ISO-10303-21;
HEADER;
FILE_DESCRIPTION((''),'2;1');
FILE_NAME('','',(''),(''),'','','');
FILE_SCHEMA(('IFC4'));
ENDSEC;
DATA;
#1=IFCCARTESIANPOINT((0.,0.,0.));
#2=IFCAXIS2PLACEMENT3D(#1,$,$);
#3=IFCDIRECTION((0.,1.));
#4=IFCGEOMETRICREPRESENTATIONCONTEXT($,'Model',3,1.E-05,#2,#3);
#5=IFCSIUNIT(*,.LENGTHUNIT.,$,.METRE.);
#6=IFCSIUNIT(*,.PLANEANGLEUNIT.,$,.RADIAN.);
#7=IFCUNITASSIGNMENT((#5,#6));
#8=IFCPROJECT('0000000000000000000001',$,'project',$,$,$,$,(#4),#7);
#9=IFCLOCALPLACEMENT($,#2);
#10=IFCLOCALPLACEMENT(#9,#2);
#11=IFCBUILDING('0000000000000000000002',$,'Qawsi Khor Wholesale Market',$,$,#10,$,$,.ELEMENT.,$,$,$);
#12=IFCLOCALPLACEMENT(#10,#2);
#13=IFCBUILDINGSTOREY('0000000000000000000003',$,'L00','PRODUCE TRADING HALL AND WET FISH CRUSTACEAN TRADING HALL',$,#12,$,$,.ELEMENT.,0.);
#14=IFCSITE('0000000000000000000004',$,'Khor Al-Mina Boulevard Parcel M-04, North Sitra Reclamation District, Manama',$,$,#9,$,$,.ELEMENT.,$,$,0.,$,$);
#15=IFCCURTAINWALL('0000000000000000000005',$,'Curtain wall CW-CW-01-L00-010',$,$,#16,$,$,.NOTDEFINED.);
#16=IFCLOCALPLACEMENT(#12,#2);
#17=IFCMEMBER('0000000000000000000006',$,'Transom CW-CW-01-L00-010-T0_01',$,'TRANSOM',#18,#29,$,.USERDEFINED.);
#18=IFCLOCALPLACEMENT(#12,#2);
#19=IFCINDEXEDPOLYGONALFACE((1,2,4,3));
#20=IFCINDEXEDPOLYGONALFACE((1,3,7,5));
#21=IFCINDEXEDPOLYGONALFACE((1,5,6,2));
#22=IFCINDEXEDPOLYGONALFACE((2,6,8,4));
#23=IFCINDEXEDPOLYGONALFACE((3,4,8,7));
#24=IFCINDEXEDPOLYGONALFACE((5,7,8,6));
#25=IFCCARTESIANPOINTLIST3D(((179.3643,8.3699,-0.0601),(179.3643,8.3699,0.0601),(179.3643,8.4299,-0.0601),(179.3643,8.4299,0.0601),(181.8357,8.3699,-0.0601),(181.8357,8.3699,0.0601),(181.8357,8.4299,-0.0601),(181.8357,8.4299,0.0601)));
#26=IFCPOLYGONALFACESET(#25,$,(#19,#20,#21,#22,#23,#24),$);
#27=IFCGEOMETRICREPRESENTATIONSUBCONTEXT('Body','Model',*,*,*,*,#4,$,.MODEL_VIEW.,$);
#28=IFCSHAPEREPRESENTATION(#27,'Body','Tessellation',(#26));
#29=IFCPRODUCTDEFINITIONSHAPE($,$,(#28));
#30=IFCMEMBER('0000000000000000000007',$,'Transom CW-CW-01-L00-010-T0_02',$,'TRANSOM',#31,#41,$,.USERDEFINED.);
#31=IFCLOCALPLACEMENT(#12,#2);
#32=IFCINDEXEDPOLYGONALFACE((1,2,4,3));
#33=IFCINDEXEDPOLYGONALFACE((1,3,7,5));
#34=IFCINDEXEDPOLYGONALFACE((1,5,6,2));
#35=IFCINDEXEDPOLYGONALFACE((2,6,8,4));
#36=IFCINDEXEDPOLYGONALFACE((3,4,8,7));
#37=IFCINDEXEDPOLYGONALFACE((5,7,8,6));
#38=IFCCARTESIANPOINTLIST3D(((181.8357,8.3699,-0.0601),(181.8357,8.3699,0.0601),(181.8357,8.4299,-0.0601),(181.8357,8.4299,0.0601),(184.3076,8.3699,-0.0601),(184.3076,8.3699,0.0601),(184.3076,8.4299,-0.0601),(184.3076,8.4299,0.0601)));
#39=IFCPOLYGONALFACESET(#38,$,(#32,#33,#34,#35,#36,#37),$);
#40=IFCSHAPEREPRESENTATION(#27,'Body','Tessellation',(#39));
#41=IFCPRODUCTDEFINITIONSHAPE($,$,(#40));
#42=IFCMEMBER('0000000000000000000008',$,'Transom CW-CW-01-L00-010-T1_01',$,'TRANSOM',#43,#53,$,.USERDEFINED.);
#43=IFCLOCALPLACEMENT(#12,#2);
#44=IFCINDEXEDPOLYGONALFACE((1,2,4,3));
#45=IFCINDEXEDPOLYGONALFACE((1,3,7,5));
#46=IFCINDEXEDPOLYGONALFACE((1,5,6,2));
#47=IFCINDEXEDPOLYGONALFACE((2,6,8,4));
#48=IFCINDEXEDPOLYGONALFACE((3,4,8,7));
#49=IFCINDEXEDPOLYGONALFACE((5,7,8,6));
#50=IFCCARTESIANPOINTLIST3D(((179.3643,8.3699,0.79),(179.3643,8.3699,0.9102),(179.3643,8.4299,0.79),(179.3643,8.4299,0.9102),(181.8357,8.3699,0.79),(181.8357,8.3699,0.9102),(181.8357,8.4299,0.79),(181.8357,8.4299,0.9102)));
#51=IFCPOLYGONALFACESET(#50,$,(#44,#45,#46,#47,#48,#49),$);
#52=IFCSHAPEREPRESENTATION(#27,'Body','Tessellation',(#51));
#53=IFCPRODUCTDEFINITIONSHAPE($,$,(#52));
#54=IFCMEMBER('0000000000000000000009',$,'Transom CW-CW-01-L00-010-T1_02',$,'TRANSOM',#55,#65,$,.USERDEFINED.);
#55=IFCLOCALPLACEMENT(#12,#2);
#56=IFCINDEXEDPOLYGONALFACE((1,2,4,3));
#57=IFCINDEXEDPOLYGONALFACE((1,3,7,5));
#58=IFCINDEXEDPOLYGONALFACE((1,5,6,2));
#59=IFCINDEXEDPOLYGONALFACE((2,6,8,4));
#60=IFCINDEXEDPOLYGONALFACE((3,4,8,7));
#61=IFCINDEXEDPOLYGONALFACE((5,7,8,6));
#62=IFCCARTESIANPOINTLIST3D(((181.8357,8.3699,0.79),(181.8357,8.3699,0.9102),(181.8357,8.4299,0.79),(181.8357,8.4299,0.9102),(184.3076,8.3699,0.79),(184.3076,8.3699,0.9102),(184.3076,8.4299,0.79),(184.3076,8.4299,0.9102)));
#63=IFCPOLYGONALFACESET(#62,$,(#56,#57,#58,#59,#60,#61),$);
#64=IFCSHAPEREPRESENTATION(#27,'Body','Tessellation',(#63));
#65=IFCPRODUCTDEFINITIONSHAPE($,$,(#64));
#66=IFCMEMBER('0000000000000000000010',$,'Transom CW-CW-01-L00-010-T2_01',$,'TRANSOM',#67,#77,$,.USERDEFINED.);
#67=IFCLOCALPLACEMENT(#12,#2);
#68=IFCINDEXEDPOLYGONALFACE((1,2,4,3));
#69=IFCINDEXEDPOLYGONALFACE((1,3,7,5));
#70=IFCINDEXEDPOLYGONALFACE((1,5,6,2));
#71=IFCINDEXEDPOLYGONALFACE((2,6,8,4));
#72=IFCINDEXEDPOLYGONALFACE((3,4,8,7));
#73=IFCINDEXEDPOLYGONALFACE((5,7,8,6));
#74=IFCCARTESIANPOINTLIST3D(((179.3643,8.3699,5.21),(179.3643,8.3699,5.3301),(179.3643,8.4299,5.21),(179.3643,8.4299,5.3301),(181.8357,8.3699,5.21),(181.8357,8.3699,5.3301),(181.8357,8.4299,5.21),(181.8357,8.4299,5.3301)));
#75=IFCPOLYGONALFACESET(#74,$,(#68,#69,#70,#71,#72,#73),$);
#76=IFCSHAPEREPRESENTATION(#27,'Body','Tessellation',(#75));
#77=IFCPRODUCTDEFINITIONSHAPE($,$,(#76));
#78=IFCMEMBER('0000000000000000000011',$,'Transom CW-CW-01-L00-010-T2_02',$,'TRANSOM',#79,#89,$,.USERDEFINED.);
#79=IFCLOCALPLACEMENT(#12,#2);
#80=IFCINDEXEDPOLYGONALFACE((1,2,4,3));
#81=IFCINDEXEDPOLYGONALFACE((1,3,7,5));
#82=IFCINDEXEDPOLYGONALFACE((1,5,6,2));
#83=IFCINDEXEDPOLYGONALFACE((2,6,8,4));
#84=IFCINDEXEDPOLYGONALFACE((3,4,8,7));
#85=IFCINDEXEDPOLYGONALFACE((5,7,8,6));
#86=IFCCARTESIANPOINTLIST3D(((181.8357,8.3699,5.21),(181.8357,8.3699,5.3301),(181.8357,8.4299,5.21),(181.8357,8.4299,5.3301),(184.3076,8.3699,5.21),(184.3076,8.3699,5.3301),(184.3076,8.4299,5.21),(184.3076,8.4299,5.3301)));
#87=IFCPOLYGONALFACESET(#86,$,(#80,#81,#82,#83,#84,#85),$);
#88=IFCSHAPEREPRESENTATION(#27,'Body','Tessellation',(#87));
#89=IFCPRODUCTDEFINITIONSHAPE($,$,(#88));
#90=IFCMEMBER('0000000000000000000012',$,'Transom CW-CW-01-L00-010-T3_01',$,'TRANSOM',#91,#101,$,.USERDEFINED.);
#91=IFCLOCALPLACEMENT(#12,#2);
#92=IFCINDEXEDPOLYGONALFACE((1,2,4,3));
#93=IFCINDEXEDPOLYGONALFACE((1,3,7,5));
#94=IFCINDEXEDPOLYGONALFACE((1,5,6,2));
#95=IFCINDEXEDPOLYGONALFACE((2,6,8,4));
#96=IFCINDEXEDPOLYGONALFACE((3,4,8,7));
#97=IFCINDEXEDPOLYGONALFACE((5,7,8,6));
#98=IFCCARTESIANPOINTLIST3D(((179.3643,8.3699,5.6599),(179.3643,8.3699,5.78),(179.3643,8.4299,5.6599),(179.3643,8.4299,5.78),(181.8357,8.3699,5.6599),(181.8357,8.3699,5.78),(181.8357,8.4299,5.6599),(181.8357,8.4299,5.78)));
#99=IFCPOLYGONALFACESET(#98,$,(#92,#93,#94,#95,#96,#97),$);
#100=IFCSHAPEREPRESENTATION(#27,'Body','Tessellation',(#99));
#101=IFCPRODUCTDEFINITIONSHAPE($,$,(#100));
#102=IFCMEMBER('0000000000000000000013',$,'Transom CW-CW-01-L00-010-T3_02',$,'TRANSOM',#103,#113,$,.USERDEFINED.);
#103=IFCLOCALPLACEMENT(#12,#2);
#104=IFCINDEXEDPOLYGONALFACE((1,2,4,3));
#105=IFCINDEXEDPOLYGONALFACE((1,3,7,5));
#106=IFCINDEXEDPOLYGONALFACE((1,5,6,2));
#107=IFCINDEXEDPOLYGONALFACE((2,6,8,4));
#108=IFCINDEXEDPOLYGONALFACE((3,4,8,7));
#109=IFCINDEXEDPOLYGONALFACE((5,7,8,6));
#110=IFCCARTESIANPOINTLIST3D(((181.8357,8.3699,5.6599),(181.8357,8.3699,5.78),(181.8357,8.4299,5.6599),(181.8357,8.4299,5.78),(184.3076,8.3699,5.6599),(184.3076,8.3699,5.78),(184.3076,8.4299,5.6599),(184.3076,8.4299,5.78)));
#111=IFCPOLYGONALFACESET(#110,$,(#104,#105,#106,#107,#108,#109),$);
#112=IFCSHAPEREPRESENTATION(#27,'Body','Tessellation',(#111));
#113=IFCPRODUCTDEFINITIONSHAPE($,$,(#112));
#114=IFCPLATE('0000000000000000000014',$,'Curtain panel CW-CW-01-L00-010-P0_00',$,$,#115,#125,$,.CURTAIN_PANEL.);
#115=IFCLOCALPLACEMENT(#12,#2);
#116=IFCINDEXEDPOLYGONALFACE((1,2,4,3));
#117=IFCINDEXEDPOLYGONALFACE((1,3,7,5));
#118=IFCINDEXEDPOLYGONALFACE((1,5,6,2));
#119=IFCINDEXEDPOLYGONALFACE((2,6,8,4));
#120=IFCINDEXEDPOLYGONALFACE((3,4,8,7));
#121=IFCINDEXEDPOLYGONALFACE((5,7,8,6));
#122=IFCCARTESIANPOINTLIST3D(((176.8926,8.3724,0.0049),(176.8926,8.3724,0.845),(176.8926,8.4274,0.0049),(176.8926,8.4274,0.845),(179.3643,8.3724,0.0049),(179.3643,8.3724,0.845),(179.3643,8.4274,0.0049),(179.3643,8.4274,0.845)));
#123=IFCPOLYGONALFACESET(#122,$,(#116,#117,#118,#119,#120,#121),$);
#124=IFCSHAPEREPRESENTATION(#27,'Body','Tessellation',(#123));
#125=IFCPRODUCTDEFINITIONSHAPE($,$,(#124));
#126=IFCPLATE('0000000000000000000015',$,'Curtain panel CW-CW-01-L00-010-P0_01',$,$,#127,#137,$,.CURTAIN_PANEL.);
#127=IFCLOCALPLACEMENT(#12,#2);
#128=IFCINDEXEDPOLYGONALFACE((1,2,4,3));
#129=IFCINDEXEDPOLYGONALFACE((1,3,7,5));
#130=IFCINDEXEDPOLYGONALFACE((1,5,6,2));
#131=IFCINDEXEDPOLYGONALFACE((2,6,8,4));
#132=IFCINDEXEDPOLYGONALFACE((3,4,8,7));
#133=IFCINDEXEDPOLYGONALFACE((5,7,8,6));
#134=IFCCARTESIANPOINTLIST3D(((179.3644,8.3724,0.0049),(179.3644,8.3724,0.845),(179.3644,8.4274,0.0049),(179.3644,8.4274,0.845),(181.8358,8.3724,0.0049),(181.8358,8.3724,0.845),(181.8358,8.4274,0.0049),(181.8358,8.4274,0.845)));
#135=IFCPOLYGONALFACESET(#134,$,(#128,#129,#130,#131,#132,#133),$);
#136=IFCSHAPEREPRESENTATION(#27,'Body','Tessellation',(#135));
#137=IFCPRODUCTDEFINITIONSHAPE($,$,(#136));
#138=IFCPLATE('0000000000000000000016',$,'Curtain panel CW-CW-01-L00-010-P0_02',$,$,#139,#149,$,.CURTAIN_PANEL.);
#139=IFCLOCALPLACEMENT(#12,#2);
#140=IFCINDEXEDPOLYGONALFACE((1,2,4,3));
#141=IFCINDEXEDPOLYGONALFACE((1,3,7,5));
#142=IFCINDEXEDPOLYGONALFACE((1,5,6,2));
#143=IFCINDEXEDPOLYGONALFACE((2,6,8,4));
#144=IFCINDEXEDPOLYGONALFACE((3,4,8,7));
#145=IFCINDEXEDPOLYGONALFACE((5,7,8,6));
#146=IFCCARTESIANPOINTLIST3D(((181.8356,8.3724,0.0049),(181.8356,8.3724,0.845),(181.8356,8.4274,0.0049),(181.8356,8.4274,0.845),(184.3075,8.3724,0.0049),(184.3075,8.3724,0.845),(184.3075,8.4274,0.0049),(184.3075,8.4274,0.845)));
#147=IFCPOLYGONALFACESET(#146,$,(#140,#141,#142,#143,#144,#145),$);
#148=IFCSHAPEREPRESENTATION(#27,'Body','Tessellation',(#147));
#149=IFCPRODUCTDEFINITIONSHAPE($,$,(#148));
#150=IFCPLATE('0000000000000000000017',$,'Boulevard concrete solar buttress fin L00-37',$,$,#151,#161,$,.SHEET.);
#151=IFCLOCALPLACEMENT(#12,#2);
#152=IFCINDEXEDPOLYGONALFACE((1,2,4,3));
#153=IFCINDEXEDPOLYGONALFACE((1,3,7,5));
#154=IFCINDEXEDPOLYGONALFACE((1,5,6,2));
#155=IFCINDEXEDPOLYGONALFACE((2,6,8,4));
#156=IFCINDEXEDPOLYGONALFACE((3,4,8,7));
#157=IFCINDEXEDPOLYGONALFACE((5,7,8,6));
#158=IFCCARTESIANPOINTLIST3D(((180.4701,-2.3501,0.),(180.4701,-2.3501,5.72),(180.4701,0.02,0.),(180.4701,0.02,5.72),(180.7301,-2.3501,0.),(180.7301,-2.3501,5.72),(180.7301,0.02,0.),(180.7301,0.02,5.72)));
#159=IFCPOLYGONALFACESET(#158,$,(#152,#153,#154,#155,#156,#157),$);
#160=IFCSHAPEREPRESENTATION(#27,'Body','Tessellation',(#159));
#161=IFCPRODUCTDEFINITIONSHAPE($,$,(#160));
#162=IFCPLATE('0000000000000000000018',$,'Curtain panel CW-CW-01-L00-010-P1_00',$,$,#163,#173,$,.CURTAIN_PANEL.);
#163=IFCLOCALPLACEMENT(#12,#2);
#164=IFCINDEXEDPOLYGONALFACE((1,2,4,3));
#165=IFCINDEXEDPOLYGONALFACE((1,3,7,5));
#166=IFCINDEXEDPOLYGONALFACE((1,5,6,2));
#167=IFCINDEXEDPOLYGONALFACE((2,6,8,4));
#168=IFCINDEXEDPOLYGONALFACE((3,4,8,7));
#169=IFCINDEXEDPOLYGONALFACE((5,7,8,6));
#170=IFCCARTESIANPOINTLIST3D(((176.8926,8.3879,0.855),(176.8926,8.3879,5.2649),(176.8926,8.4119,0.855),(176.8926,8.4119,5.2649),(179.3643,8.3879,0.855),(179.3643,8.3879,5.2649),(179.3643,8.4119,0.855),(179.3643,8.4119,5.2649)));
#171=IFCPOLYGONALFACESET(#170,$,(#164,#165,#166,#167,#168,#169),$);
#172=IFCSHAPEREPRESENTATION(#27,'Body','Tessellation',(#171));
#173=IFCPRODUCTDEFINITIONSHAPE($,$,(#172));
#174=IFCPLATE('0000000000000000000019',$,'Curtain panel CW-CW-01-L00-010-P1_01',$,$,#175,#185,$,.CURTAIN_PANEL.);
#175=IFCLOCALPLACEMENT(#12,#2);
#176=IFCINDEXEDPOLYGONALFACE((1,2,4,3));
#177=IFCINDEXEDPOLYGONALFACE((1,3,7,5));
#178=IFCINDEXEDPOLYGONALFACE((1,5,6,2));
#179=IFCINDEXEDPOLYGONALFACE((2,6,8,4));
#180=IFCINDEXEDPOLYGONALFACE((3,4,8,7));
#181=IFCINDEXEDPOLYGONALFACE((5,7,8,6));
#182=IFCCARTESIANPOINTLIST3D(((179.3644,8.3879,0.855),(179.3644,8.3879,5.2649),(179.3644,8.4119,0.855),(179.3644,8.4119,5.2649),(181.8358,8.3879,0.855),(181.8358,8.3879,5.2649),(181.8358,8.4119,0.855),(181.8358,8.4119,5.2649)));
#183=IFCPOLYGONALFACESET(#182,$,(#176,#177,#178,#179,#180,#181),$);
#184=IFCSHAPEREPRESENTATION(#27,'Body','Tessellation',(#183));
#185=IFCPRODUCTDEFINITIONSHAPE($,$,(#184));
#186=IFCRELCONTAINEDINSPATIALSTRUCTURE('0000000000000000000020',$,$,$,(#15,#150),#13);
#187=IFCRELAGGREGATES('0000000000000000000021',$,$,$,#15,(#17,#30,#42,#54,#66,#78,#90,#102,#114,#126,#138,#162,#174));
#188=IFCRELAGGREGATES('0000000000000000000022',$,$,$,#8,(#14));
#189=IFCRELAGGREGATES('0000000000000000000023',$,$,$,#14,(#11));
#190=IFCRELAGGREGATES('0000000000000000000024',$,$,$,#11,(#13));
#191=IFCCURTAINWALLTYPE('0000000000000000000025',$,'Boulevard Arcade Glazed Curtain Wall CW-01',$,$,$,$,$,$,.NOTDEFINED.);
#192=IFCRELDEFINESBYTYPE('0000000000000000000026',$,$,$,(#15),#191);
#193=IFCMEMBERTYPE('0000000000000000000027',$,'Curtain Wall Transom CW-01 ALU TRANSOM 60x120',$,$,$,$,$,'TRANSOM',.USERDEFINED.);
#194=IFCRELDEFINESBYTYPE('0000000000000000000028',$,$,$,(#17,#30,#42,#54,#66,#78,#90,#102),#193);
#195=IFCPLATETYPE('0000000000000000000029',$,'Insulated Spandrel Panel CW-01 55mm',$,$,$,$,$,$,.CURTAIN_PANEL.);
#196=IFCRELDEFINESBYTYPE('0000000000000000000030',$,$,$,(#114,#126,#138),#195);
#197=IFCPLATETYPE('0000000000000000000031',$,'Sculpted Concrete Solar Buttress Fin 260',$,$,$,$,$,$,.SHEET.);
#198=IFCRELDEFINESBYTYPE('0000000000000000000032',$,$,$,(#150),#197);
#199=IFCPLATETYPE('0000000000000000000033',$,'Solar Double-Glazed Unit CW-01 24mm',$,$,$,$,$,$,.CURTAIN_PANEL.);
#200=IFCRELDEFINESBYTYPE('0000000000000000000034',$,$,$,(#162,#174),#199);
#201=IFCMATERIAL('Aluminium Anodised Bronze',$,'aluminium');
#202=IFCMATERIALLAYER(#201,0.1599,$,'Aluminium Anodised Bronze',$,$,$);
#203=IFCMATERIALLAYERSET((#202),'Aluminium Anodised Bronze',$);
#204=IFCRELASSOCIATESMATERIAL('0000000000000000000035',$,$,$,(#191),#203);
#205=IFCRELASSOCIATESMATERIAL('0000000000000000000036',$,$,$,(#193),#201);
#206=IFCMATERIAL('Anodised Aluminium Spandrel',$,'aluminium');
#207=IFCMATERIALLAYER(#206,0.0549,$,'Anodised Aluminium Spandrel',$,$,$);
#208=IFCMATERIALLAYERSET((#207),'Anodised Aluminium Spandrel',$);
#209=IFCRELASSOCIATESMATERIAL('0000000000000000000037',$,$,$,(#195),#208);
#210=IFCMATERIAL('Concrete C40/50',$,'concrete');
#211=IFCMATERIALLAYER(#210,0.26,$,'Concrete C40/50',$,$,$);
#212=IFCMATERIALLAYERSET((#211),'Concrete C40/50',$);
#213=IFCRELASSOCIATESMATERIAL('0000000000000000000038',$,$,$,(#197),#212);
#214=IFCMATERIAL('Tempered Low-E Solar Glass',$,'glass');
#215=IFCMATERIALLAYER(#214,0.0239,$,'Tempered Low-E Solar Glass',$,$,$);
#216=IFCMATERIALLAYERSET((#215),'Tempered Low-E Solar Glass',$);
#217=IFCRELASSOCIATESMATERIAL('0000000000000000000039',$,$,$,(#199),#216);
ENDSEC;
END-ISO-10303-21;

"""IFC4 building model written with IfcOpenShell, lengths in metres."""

from ifc_helpers import new_model, si_unit, direction, frame, frame_2d, origin, origin_2d, place, context, subcontext, project, spatial, rectangle, extrude, material, layer, layer_set, material_profile, profile_set, type_object, element, aggregate, save


model = new_model("IFC4")

# Units and contexts
model_context = context("Model", 3, precision=1e-05, world=origin(), true_north=direction((0.0, 1.0)))
body_context = subcontext(model_context, "Body", "Model", "MODEL_VIEW")
ifc_project = project(units=[si_unit("LENGTHUNIT", "METRE"), si_unit("PLANEANGLEUNIT", "RADIAN")], contexts=[model_context])

# Site, building, storey
site_placement = place(None, origin())
site = spatial("IfcSite", under=ifc_project, at=site_placement, Name="Khor Al-Mina Boulevard Parcel M-04, North Sitra Reclamation District, Manama", CompositionType="ELEMENT", RefElevation=0.0)
building_placement = place(site_placement, origin())
building = spatial("IfcBuilding", under=site, at=building_placement, Name="Qawsi Khor Wholesale Market", CompositionType="ELEMENT")
storey_placement = place(building_placement, origin())
storey = spatial("IfcBuildingStorey", under=building, at=storey_placement, Name="L00", Description="PRODUCE TRADING HALL AND WET FISH CRUSTACEAN TRADING HALL", CompositionType="ELEMENT", Elevation=0.0)

# Curtain wall, members, plates
ifc_material_1 = material(Name="Aluminium Anodised Bronze", Category="aluminium")
ifc_layer_1 = layer(ifc_material_1, 0.1599, Name="Aluminium Anodised Bronze")
ifc_layer_set_1 = layer_set([ifc_layer_1], Name="Aluminium Anodised Bronze")
curtain_wall_type = type_object("IfcCurtainWallType", Name="Boulevard Arcade Glazed Curtain Wall CW-01", PredefinedType="NOTDEFINED", material=ifc_layer_set_1)
curtain_wall_placement = place(storey_placement, origin())
curtain_wall = element("IfcCurtainWall", 1, at=curtain_wall_placement, inside=storey, type_object=curtain_wall_type, Name="Curtain wall CW-CW-01-L00-010", PredefinedType="NOTDEFINED")
ifc_material_profile_1 = material_profile(ifc_material_1, rectangle(XDim=0.0601, YDim=0.1201, at=origin_2d()), Name="ALU TRANSOM 60x120")
ifc_profile_set_1 = profile_set([ifc_material_profile_1], Name="Aluminium Anodised Bronze")
member_type_1 = type_object("IfcMemberType", Name="Curtain Wall Transom CW-01 ALU TRANSOM 60x120", ElementType="TRANSOM", PredefinedType="USERDEFINED", material=ifc_profile_set_1)
member_1_placement = place(storey_placement, frame((179.3643, 8.3999, 0.0), z_axis=(1.0, 0.0, 0.0), x_axis=(0.0, 1.0, 0.0)))
member_1 = element("IfcMember", 2, at=member_1_placement, type_object=member_type_1, Name="Transom CW-CW-01-L00-010-T0_01", ObjectType="TRANSOM", PredefinedType="USERDEFINED", context=body_context, shape_type="SweptSolid", body=[
    extrude(rectangle(XDim=0.0601, YDim=0.1201, at=origin_2d()), origin(), (0.0, 0.0, 1.0), 2.4714),
])
member_2_placement = place(storey_placement, frame((181.8357, 8.3999, 0.0), z_axis=(1.0, 0.0, 0.0), x_axis=(0.0, 1.0, 0.0)))
member_2 = element("IfcMember", 3, at=member_2_placement, type_object=member_type_1, Name="Transom CW-CW-01-L00-010-T0_02", ObjectType="TRANSOM", PredefinedType="USERDEFINED", context=body_context, shape_type="SweptSolid", body=[
    extrude(rectangle(XDim=0.0601, YDim=0.1201, at=origin_2d()), origin(), (0.0, 0.0, 1.0), 2.4719),
])
member_3_placement = place(storey_placement, frame((179.3643, 8.3999, 0.8501), z_axis=(1.0, 0.0, 0.0), x_axis=(0.0, 1.0, 0.0)))
member_3 = element("IfcMember", 4, at=member_3_placement, type_object=member_type_1, Name="Transom CW-CW-01-L00-010-T1_01", ObjectType="TRANSOM", PredefinedType="USERDEFINED", context=body_context, shape_type="SweptSolid", body=[
    extrude(rectangle(XDim=0.0601, YDim=0.1201, at=origin_2d()), origin(), (0.0, 0.0, 1.0), 2.4714),
])
member_4_placement = place(storey_placement, frame((181.8357, 8.3999, 0.8501), z_axis=(1.0, 0.0, 0.0), x_axis=(0.0, 1.0, 0.0)))
member_4 = element("IfcMember", 5, at=member_4_placement, type_object=member_type_1, Name="Transom CW-CW-01-L00-010-T1_02", ObjectType="TRANSOM", PredefinedType="USERDEFINED", context=body_context, shape_type="SweptSolid", body=[
    extrude(rectangle(XDim=0.0601, YDim=0.1201, at=origin_2d()), origin(), (0.0, 0.0, 1.0), 2.4719),
])
member_5_placement = place(storey_placement, frame((179.3643, 8.3999, 5.27), z_axis=(1.0, 0.0, 0.0), x_axis=(0.0, 1.0, 0.0)))
member_5 = element("IfcMember", 6, at=member_5_placement, type_object=member_type_1, Name="Transom CW-CW-01-L00-010-T2_01", ObjectType="TRANSOM", PredefinedType="USERDEFINED", context=body_context, shape_type="SweptSolid", body=[
    extrude(rectangle(XDim=0.0601, YDim=0.1201, at=origin_2d()), origin(), (0.0, 0.0, 1.0), 2.4714),
])
member_6_placement = place(storey_placement, frame((181.8357, 8.3999, 5.27), z_axis=(1.0, 0.0, 0.0), x_axis=(0.0, 1.0, 0.0)))
member_6 = element("IfcMember", 7, at=member_6_placement, type_object=member_type_1, Name="Transom CW-CW-01-L00-010-T2_02", ObjectType="TRANSOM", PredefinedType="USERDEFINED", context=body_context, shape_type="SweptSolid", body=[
    extrude(rectangle(XDim=0.0601, YDim=0.1201, at=origin_2d()), origin(), (0.0, 0.0, 1.0), 2.4719),
])
member_7_placement = place(storey_placement, frame((179.3643, 8.3999, 5.72), z_axis=(1.0, 0.0, 0.0), x_axis=(0.0, 1.0, 0.0)))
member_7 = element("IfcMember", 8, at=member_7_placement, type_object=member_type_1, Name="Transom CW-CW-01-L00-010-T3_01", ObjectType="TRANSOM", PredefinedType="USERDEFINED", context=body_context, shape_type="SweptSolid", body=[
    extrude(rectangle(XDim=0.0601, YDim=0.1201, at=origin_2d()), origin(), (0.0, 0.0, 1.0), 2.4714),
])
member_8_placement = place(storey_placement, frame((181.8357, 8.3999, 5.72), z_axis=(1.0, 0.0, 0.0), x_axis=(0.0, 1.0, 0.0)))
member_8 = element("IfcMember", 9, at=member_8_placement, type_object=member_type_1, Name="Transom CW-CW-01-L00-010-T3_02", ObjectType="TRANSOM", PredefinedType="USERDEFINED", context=body_context, shape_type="SweptSolid", body=[
    extrude(rectangle(XDim=0.0601, YDim=0.1201, at=origin_2d()), origin(), (0.0, 0.0, 1.0), 2.4719),
])
ifc_material_2 = material(Name="Anodised Aluminium Spandrel", Category="aluminium")
ifc_layer_2 = layer(ifc_material_2, 0.0549, Name="Anodised Aluminium Spandrel")
ifc_layer_set_2 = layer_set([ifc_layer_2], Name="Anodised Aluminium Spandrel")
plate_type_1 = type_object("IfcPlateType", Name="Insulated Spandrel Panel CW-01 55mm", PredefinedType="CURTAIN_PANEL", material=ifc_layer_set_2)
plate_1_placement = place(storey_placement, frame((176.8926, 8.3999, 0.0049), z_axis=(0.0, 0.0, 1.0), x_axis=(1.0, 0.0, 0.0)))
plate_1 = element("IfcPlate", 10, at=plate_1_placement, type_object=plate_type_1, Name="Curtain panel CW-CW-01-L00-010-P0_00", PredefinedType="CURTAIN_PANEL", context=body_context, shape_type="SweptSolid", body=[
    extrude(rectangle(XDim=2.4717, YDim=0.0549, at=frame_2d((1.2358, 0.0))), origin(), (0.0, 0.0, 1.0), 0.8401),
])
plate_2_placement = place(storey_placement, frame((179.3643, 8.3999, 0.0049), z_axis=(0.0, 0.0, 1.0), x_axis=(1.0, 0.0, 0.0)))
plate_2 = element("IfcPlate", 11, at=plate_2_placement, type_object=plate_type_1, Name="Curtain panel CW-CW-01-L00-010-P0_01", PredefinedType="CURTAIN_PANEL", context=body_context, shape_type="SweptSolid", body=[
    extrude(rectangle(XDim=2.4714, YDim=0.0549, at=frame_2d((1.2358, 0.0))), origin(), (0.0, 0.0, 1.0), 0.8401),
])
plate_3_placement = place(storey_placement, frame((181.8357, 8.3999, 0.0049), z_axis=(0.0, 0.0, 1.0), x_axis=(1.0, 0.0, 0.0)))
plate_3 = element("IfcPlate", 12, at=plate_3_placement, type_object=plate_type_1, Name="Curtain panel CW-CW-01-L00-010-P0_02", PredefinedType="CURTAIN_PANEL", context=body_context, shape_type="SweptSolid", body=[
    extrude(rectangle(XDim=2.4719, YDim=0.0549, at=frame_2d((1.2358, 0.0))), origin(), (0.0, 0.0, 1.0), 0.8401),
])

# Plates
ifc_material_3 = material(Name="Concrete C40/50", Category="concrete")
ifc_layer_3 = layer(ifc_material_3, 0.26, Name="Concrete C40/50")
ifc_layer_set_3 = layer_set([ifc_layer_3], Name="Concrete C40/50")
plate_type_2 = type_object("IfcPlateType", Name="Sculpted Concrete Solar Buttress Fin 260", PredefinedType="SHEET", material=ifc_layer_set_3)
plate_4_placement = place(storey_placement, frame((180.6001, -2.3501, 0.0), z_axis=(0.0, 0.0, 1.0), x_axis=(0.0, 1.0, 0.0)))
element("IfcPlate", 13, at=plate_4_placement, inside=storey, type_object=plate_type_2, Name="Boulevard concrete solar buttress fin L00-37", PredefinedType="SHEET", context=body_context, shape_type="SweptSolid", body=[
    extrude(rectangle(XDim=2.3701, YDim=0.26, at=frame_2d((1.1851, 0.0))), origin(), (0.0, 0.0, 1.0), 5.72),
])
ifc_material_4 = material(Name="Tempered Low-E Solar Glass", Category="glass")
ifc_layer_4 = layer(ifc_material_4, 0.0239, Name="Tempered Low-E Solar Glass")
ifc_layer_set_4 = layer_set([ifc_layer_4], Name="Tempered Low-E Solar Glass")
plate_type_3 = type_object("IfcPlateType", Name="Solar Double-Glazed Unit CW-01 24mm", PredefinedType="CURTAIN_PANEL", material=ifc_layer_set_4)
plate_5_placement = place(storey_placement, frame((176.8926, 8.3999, 0.855), z_axis=(0.0, 0.0, 1.0), x_axis=(1.0, 0.0, 0.0)))
plate_5 = element("IfcPlate", 14, at=plate_5_placement, type_object=plate_type_3, Name="Curtain panel CW-CW-01-L00-010-P1_00", PredefinedType="CURTAIN_PANEL", context=body_context, shape_type="SweptSolid", body=[
    extrude(rectangle(XDim=2.4717, YDim=0.0239, at=frame_2d((1.2358, 0.0))), origin(), (0.0, 0.0, 1.0), 4.4099),
])
plate_6_placement = place(storey_placement, frame((179.3643, 8.3999, 0.855), z_axis=(0.0, 0.0, 1.0), x_axis=(1.0, 0.0, 0.0)))
plate_6 = element("IfcPlate", 15, at=plate_6_placement, type_object=plate_type_3, Name="Curtain panel CW-CW-01-L00-010-P1_01", PredefinedType="CURTAIN_PANEL", context=body_context, shape_type="SweptSolid", body=[
    extrude(rectangle(XDim=2.4714, YDim=0.0239, at=frame_2d((1.2358, 0.0))), origin(), (0.0, 0.0, 1.0), 4.4099),
])
aggregate(curtain_wall, [member_1, member_2, member_3, member_4, member_5, member_6, member_7, member_8, plate_1, plate_2, plate_3, plate_5, plate_6])

save(model, "model.ifc")
